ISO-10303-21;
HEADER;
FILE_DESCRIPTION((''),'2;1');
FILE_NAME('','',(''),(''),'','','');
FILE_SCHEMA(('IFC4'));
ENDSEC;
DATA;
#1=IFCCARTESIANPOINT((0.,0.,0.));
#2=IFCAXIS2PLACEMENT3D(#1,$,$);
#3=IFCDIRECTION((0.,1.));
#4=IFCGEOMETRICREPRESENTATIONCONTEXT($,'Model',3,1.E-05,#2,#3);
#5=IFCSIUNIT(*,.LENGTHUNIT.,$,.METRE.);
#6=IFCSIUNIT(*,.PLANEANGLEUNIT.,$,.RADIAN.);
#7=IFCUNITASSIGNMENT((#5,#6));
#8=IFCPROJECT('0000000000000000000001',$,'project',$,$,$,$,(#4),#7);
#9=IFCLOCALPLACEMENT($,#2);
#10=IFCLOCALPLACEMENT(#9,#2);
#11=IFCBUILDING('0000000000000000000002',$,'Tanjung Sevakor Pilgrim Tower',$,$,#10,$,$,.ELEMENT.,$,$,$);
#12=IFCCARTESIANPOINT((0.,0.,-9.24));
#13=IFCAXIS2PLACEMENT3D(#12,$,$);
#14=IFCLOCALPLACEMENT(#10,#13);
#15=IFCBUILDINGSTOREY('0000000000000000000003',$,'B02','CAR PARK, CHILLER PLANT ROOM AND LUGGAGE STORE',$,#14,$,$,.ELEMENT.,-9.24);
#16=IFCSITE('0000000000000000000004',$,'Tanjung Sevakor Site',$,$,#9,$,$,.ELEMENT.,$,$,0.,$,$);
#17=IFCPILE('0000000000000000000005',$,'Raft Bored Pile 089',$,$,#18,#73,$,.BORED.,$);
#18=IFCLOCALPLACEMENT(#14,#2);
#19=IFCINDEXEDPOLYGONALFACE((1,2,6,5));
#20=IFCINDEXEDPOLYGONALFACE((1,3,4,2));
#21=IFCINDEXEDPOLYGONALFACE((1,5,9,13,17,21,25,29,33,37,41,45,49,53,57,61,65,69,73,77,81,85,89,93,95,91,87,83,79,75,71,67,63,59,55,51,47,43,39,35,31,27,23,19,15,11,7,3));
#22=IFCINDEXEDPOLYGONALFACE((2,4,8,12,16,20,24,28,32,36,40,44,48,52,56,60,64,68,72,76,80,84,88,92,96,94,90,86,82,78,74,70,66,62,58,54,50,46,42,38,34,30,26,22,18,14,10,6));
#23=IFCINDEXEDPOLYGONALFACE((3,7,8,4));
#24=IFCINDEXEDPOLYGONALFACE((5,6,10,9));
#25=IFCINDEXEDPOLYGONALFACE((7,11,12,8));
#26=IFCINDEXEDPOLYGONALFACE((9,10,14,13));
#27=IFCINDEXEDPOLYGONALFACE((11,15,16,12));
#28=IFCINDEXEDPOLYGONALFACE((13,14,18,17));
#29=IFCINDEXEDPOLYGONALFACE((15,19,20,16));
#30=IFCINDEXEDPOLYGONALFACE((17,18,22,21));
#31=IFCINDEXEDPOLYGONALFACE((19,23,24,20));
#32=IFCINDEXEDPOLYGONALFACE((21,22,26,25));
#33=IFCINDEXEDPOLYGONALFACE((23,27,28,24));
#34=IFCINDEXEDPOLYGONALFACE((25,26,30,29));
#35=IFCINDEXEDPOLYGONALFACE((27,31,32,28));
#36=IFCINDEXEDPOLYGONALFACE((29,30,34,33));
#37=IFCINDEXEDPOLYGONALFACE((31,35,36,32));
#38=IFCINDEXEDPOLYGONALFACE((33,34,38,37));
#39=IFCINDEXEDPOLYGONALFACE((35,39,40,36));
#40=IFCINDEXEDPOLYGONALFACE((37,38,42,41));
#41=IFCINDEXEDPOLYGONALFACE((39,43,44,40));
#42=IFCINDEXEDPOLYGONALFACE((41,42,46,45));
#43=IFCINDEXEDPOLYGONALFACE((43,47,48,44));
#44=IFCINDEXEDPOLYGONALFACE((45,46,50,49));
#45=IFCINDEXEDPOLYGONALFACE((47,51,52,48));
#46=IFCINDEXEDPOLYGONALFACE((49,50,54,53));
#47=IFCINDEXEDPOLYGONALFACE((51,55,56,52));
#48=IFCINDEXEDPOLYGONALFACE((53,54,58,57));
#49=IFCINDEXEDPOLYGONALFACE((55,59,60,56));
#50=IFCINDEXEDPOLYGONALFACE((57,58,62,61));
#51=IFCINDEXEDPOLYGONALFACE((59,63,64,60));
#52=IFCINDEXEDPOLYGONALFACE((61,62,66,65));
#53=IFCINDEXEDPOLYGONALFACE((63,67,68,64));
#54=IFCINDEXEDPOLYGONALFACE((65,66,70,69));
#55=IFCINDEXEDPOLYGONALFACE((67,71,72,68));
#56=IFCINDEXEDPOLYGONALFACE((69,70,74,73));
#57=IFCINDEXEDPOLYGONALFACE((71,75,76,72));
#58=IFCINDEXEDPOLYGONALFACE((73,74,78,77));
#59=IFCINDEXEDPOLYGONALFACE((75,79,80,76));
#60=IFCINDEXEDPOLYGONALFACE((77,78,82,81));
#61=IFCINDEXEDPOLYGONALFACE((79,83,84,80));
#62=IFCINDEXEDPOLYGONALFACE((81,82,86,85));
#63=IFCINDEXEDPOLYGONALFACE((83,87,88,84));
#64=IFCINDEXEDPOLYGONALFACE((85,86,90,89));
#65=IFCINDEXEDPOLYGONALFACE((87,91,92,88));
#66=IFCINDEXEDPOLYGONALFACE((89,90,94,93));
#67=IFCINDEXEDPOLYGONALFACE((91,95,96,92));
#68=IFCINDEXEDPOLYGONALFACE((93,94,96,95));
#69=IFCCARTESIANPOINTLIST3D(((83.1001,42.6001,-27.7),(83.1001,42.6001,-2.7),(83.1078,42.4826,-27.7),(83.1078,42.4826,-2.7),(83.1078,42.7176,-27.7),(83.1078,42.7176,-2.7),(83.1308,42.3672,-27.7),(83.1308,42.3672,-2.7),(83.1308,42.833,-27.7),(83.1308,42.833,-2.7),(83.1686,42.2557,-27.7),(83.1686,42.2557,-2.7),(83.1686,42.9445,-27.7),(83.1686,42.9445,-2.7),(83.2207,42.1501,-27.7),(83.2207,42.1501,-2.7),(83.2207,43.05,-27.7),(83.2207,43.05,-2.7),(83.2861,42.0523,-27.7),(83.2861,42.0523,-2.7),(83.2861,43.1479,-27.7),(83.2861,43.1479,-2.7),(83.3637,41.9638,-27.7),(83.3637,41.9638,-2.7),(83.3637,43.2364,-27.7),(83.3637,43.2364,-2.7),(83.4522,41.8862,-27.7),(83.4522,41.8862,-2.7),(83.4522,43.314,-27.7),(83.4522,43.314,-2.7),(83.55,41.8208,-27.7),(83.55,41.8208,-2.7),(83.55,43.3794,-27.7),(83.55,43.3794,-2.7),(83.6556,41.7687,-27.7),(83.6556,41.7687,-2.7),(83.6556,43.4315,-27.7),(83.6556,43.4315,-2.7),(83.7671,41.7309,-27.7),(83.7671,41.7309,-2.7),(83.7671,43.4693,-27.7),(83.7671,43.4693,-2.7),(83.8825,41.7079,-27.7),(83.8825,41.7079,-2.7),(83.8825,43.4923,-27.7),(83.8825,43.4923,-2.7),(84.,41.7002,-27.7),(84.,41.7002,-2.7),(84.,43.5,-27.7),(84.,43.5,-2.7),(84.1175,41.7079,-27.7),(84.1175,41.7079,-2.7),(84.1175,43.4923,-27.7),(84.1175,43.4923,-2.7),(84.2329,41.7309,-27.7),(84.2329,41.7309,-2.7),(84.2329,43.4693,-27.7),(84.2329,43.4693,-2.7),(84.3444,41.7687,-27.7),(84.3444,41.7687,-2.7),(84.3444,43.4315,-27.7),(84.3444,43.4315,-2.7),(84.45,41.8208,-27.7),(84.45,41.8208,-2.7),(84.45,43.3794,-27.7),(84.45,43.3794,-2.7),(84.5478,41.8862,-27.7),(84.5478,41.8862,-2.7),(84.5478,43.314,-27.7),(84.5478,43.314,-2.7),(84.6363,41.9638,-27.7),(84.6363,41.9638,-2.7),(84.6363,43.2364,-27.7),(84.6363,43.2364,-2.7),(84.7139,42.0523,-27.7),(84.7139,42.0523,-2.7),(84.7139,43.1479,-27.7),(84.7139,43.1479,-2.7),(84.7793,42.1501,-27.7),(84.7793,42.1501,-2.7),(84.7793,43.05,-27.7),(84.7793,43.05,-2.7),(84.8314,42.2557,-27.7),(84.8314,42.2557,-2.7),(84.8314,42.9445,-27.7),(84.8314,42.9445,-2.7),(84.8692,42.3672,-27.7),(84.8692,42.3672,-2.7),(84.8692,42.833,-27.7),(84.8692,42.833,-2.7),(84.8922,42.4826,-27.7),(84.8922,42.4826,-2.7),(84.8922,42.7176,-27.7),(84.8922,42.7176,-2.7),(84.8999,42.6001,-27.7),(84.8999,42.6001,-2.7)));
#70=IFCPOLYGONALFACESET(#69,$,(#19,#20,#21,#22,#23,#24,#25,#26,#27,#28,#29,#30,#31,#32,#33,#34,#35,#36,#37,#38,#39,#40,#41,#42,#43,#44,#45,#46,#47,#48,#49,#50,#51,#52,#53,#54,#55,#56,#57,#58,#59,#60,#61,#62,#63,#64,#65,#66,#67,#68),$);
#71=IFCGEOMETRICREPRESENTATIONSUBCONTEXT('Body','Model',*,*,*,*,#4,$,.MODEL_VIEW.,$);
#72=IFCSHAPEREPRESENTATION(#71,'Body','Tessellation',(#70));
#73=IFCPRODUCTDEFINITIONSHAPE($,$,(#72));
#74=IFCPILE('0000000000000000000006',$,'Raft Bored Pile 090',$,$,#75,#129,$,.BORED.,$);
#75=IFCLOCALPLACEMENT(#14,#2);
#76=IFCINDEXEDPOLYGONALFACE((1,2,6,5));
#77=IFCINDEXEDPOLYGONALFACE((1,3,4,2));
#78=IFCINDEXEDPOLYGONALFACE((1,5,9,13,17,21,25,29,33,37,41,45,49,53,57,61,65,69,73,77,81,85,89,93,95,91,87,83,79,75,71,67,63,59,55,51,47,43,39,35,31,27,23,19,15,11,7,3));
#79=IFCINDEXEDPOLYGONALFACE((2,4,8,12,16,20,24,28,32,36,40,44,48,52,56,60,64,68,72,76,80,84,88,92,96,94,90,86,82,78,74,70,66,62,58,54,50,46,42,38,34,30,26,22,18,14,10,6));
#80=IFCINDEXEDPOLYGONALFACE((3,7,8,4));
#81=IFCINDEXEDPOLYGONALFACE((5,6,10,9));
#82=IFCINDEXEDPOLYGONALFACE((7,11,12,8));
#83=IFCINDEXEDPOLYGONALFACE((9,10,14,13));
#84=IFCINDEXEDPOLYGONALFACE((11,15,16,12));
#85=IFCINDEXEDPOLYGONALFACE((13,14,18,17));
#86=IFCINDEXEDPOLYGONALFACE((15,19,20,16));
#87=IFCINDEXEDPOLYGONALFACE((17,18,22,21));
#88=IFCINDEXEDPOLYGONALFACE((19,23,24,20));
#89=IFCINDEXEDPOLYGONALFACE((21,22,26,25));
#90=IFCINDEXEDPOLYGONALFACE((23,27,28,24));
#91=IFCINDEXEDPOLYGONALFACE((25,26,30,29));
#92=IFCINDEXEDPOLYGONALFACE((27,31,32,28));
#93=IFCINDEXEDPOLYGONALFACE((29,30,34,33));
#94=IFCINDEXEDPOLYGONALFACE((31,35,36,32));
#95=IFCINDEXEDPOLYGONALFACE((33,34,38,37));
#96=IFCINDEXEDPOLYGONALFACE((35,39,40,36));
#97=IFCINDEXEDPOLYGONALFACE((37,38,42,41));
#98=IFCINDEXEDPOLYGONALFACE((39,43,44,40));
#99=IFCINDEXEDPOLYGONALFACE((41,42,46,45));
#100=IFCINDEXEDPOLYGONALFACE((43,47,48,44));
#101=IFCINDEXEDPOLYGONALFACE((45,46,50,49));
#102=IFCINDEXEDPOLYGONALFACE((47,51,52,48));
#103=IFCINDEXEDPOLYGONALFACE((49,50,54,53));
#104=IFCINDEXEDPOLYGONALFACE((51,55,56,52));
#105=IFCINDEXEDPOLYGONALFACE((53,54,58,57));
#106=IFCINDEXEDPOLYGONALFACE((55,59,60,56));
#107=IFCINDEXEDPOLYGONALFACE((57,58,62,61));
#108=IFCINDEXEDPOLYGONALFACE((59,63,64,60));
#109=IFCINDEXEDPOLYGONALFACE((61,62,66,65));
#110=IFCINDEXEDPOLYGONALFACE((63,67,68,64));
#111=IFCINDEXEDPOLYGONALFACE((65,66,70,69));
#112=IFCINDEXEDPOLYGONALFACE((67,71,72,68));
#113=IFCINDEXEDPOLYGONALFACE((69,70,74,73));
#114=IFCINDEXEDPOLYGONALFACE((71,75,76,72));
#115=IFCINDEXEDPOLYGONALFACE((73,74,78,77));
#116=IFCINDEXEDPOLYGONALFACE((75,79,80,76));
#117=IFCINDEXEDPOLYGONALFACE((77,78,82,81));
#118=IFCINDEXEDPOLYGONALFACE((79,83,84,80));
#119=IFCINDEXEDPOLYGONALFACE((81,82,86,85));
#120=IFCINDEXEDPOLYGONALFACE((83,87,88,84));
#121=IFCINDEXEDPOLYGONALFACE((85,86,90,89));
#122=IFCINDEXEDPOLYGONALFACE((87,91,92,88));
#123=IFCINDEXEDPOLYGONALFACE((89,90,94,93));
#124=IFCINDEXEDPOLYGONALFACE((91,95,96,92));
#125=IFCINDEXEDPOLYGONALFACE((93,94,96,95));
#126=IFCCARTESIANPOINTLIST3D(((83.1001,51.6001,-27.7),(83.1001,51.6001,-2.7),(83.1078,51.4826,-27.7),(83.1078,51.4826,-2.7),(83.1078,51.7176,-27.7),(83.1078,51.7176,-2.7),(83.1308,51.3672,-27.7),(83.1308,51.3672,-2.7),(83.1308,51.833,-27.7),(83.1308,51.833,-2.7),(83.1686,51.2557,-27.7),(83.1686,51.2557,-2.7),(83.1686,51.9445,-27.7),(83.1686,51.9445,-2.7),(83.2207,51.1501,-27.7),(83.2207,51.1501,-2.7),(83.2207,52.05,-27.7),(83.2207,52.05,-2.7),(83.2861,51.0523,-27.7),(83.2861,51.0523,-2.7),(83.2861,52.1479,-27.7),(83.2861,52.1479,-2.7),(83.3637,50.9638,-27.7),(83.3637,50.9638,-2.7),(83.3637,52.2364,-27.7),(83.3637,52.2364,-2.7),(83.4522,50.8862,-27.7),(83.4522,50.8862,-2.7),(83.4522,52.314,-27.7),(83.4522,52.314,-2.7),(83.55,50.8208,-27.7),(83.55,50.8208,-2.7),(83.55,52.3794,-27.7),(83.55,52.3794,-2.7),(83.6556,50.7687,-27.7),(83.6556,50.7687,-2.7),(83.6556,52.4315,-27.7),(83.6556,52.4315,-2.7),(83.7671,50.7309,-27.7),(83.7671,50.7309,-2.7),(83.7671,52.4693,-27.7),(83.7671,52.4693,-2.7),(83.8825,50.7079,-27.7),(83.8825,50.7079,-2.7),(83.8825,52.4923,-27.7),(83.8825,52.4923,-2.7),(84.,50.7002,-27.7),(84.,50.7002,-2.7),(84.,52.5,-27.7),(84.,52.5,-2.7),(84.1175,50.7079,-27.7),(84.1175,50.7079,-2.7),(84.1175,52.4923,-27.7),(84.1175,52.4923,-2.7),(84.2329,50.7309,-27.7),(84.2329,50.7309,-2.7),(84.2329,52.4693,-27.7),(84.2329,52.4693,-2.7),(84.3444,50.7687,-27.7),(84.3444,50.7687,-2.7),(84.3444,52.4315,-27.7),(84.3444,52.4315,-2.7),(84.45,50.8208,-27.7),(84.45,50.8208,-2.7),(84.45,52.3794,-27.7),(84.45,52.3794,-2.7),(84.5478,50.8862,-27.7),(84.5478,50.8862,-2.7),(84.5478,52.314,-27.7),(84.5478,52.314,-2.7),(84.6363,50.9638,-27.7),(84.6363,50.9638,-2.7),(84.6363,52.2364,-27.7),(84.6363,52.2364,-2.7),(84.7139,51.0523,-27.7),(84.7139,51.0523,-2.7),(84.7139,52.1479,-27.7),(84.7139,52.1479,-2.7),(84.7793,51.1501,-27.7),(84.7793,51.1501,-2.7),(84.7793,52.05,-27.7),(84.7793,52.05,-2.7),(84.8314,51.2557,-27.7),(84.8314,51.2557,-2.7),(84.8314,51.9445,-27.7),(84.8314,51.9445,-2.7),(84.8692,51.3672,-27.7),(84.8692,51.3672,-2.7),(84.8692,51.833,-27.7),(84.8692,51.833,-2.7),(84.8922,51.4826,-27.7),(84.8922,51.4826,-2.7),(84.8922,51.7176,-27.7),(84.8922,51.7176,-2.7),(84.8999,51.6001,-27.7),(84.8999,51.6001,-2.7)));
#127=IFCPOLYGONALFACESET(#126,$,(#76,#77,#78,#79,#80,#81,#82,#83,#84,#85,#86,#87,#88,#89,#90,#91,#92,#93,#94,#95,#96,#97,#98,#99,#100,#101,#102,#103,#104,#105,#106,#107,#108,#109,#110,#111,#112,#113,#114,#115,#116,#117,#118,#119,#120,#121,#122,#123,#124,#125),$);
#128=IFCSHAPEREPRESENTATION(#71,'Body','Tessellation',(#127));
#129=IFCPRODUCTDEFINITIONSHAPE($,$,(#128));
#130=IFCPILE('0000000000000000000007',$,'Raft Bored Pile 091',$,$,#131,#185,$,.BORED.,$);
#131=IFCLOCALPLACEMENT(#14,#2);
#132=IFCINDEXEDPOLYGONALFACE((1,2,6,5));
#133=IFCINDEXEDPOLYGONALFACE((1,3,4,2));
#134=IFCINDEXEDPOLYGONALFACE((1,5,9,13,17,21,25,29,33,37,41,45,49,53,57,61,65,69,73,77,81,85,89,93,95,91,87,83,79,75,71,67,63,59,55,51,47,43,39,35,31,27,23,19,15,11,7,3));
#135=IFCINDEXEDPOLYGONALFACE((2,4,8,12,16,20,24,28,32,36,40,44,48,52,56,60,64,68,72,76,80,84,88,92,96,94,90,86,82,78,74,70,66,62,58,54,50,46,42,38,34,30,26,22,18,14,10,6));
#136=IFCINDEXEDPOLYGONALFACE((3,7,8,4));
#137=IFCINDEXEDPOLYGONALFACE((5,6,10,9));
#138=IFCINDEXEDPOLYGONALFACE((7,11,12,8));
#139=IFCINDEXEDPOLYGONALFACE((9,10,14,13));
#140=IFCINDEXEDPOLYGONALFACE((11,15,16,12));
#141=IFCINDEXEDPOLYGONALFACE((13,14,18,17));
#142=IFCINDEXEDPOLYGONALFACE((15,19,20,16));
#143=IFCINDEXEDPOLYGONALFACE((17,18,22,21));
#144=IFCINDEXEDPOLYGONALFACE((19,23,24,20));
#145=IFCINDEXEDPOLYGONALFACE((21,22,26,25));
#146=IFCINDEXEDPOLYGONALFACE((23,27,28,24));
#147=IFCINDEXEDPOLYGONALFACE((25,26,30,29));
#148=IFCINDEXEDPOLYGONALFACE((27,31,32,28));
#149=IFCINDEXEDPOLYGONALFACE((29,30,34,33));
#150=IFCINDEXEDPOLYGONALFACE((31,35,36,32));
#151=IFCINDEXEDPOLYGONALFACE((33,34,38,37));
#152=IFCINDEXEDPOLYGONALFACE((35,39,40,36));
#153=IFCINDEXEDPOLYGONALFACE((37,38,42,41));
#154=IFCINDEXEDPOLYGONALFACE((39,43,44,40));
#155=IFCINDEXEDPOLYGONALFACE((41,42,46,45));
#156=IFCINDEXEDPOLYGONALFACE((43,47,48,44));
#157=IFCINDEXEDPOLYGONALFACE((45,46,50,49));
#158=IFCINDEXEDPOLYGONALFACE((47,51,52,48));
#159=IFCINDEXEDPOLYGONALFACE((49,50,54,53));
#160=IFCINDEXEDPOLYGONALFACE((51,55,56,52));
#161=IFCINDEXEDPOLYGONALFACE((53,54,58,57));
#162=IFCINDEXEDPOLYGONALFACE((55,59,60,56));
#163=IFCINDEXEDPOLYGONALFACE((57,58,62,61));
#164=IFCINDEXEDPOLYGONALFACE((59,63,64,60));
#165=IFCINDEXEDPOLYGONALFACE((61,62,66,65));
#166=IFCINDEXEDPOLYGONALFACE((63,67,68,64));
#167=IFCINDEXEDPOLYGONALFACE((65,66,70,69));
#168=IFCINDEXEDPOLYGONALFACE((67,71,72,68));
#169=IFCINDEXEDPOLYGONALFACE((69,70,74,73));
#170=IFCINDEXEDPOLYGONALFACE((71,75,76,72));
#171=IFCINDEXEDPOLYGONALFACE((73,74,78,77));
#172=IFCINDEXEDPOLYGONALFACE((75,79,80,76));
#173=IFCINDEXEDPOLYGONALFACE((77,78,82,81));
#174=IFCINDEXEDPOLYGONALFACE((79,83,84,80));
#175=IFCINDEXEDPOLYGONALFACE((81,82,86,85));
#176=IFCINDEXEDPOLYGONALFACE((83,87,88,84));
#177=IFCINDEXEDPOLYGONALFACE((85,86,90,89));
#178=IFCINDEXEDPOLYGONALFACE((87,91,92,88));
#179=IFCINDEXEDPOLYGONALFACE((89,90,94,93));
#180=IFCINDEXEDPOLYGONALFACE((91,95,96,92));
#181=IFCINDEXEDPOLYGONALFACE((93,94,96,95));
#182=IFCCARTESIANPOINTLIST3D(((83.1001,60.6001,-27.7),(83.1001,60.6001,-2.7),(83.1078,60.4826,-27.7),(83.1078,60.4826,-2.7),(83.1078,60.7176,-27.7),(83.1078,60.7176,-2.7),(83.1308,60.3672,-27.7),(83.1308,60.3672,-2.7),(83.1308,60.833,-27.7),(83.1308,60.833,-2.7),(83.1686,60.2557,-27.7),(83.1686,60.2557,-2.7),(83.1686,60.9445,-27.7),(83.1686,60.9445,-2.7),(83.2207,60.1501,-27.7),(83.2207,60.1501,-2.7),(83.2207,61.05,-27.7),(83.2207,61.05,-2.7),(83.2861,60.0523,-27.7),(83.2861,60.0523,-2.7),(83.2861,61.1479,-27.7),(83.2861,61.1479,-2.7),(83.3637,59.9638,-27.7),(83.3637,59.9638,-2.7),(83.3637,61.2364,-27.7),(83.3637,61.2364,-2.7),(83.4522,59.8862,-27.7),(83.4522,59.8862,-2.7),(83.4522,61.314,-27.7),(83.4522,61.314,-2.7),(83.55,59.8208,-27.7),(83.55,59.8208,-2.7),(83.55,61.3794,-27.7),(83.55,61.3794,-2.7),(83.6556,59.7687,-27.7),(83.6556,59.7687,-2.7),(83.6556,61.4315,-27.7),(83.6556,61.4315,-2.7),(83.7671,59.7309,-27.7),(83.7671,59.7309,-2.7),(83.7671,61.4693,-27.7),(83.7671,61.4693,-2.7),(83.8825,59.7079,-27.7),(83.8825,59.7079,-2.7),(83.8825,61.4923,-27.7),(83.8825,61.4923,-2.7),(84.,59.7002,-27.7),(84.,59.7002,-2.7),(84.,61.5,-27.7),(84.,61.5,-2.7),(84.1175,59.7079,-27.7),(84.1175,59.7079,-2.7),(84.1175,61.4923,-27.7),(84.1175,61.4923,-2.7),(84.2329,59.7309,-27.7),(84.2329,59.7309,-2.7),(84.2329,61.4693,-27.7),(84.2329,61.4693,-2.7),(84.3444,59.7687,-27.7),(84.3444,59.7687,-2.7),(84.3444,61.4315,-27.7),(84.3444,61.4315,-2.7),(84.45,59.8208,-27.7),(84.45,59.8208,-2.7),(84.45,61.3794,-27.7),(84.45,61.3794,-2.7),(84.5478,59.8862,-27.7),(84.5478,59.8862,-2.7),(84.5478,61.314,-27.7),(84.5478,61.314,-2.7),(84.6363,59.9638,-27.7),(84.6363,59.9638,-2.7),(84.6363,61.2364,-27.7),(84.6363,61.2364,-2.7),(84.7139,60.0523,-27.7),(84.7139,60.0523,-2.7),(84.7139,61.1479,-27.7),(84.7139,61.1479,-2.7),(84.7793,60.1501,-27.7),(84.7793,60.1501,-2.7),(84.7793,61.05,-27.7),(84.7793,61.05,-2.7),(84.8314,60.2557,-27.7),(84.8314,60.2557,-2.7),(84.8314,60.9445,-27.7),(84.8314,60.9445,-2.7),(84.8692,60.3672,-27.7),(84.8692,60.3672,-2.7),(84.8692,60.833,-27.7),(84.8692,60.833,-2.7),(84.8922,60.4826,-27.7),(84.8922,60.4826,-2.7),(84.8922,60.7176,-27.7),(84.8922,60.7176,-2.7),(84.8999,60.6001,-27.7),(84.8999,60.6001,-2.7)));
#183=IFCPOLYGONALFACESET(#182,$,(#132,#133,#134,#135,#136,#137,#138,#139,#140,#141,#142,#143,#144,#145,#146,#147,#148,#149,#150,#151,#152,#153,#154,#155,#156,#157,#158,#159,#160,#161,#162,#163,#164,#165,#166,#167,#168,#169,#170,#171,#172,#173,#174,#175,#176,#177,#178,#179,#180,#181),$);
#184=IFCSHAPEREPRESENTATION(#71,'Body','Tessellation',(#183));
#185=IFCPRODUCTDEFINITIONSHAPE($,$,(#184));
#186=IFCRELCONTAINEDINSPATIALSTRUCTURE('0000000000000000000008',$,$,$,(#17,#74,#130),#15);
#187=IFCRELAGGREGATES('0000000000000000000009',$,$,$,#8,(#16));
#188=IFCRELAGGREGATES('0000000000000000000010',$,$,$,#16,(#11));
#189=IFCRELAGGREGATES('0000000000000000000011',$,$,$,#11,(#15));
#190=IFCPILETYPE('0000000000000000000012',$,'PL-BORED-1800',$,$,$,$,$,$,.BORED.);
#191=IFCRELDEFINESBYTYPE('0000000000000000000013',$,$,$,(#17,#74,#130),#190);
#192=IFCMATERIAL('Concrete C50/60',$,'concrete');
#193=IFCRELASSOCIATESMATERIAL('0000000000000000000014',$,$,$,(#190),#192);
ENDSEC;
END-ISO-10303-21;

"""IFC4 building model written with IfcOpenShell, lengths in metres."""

from ifc_helpers import new_model, si_unit, direction, frame, origin, origin_2d, place, context, subcontext, project, spatial, circle, extrude, material, material_profile, profile_set, type_object, element, save


model = new_model("IFC4")

# Units and contexts
model_context = context("Model", 3, precision=1e-05, world=origin(), true_north=direction((0.0, 1.0)))
body_context = subcontext(model_context, "Body", "Model", "MODEL_VIEW")
ifc_project = project(units=[si_unit("LENGTHUNIT", "METRE"), si_unit("PLANEANGLEUNIT", "RADIAN")], contexts=[model_context])

# Site, building, storey
site_placement = place(None, origin())
site = spatial("IfcSite", under=ifc_project, at=site_placement, Name="Tanjung Sevakor Site", CompositionType="ELEMENT", RefElevation=0.0)
building_placement = place(site_placement, origin())
building = spatial("IfcBuilding", under=site, at=building_placement, Name="Tanjung Sevakor Pilgrim Tower", CompositionType="ELEMENT")
storey_placement = place(building_placement, frame((0.0, 0.0, -9.24)))
storey = spatial("IfcBuildingStorey", under=building, at=storey_placement, Name="B02", Description="CAR PARK, CHILLER PLANT ROOM AND LUGGAGE STORE", CompositionType="ELEMENT", Elevation=-9.24)

# Piles
ifc_material_1 = material(Name="Concrete C50/60", Category="concrete")
ifc_material_profile_1 = material_profile(ifc_material_1, circle(Radius=0.8999, at=origin_2d()))
ifc_profile_set_1 = profile_set([ifc_material_profile_1], Name="Concrete C50/60")
pile_type = type_object("IfcPileType", Name="PL-BORED-1800", PredefinedType="BORED", material=ifc_profile_set_1)
for number, where, z_axis, x_axis, name in (
    (1, (84.0, 42.6001, -2.7), (0.0, 0.0, -1.0), (1.0, 0.0, 0.0), "Raft Bored Pile 089"),
    (2, (84.0, 51.6001, -2.7), (0.0, 0.0, -1.0), (1.0, 0.0, 0.0), "Raft Bored Pile 090"),
    (3, (84.0, 60.6001, -2.7), (0.0, 0.0, -1.0), (1.0, 0.0, 0.0), "Raft Bored Pile 091"),
):
    element("IfcPile", number, at=place(storey_placement, frame(where, z_axis=z_axis, x_axis=x_axis)), inside=storey, type_object=pile_type, Name=name, PredefinedType="BORED", context=body_context, shape_type="SweptSolid", body=[
        extrude(circle(Radius=0.8999, at=origin_2d()), origin(), (0.0, 0.0, 1.0), 25.0),
    ])

save(model, "model.ifc")
